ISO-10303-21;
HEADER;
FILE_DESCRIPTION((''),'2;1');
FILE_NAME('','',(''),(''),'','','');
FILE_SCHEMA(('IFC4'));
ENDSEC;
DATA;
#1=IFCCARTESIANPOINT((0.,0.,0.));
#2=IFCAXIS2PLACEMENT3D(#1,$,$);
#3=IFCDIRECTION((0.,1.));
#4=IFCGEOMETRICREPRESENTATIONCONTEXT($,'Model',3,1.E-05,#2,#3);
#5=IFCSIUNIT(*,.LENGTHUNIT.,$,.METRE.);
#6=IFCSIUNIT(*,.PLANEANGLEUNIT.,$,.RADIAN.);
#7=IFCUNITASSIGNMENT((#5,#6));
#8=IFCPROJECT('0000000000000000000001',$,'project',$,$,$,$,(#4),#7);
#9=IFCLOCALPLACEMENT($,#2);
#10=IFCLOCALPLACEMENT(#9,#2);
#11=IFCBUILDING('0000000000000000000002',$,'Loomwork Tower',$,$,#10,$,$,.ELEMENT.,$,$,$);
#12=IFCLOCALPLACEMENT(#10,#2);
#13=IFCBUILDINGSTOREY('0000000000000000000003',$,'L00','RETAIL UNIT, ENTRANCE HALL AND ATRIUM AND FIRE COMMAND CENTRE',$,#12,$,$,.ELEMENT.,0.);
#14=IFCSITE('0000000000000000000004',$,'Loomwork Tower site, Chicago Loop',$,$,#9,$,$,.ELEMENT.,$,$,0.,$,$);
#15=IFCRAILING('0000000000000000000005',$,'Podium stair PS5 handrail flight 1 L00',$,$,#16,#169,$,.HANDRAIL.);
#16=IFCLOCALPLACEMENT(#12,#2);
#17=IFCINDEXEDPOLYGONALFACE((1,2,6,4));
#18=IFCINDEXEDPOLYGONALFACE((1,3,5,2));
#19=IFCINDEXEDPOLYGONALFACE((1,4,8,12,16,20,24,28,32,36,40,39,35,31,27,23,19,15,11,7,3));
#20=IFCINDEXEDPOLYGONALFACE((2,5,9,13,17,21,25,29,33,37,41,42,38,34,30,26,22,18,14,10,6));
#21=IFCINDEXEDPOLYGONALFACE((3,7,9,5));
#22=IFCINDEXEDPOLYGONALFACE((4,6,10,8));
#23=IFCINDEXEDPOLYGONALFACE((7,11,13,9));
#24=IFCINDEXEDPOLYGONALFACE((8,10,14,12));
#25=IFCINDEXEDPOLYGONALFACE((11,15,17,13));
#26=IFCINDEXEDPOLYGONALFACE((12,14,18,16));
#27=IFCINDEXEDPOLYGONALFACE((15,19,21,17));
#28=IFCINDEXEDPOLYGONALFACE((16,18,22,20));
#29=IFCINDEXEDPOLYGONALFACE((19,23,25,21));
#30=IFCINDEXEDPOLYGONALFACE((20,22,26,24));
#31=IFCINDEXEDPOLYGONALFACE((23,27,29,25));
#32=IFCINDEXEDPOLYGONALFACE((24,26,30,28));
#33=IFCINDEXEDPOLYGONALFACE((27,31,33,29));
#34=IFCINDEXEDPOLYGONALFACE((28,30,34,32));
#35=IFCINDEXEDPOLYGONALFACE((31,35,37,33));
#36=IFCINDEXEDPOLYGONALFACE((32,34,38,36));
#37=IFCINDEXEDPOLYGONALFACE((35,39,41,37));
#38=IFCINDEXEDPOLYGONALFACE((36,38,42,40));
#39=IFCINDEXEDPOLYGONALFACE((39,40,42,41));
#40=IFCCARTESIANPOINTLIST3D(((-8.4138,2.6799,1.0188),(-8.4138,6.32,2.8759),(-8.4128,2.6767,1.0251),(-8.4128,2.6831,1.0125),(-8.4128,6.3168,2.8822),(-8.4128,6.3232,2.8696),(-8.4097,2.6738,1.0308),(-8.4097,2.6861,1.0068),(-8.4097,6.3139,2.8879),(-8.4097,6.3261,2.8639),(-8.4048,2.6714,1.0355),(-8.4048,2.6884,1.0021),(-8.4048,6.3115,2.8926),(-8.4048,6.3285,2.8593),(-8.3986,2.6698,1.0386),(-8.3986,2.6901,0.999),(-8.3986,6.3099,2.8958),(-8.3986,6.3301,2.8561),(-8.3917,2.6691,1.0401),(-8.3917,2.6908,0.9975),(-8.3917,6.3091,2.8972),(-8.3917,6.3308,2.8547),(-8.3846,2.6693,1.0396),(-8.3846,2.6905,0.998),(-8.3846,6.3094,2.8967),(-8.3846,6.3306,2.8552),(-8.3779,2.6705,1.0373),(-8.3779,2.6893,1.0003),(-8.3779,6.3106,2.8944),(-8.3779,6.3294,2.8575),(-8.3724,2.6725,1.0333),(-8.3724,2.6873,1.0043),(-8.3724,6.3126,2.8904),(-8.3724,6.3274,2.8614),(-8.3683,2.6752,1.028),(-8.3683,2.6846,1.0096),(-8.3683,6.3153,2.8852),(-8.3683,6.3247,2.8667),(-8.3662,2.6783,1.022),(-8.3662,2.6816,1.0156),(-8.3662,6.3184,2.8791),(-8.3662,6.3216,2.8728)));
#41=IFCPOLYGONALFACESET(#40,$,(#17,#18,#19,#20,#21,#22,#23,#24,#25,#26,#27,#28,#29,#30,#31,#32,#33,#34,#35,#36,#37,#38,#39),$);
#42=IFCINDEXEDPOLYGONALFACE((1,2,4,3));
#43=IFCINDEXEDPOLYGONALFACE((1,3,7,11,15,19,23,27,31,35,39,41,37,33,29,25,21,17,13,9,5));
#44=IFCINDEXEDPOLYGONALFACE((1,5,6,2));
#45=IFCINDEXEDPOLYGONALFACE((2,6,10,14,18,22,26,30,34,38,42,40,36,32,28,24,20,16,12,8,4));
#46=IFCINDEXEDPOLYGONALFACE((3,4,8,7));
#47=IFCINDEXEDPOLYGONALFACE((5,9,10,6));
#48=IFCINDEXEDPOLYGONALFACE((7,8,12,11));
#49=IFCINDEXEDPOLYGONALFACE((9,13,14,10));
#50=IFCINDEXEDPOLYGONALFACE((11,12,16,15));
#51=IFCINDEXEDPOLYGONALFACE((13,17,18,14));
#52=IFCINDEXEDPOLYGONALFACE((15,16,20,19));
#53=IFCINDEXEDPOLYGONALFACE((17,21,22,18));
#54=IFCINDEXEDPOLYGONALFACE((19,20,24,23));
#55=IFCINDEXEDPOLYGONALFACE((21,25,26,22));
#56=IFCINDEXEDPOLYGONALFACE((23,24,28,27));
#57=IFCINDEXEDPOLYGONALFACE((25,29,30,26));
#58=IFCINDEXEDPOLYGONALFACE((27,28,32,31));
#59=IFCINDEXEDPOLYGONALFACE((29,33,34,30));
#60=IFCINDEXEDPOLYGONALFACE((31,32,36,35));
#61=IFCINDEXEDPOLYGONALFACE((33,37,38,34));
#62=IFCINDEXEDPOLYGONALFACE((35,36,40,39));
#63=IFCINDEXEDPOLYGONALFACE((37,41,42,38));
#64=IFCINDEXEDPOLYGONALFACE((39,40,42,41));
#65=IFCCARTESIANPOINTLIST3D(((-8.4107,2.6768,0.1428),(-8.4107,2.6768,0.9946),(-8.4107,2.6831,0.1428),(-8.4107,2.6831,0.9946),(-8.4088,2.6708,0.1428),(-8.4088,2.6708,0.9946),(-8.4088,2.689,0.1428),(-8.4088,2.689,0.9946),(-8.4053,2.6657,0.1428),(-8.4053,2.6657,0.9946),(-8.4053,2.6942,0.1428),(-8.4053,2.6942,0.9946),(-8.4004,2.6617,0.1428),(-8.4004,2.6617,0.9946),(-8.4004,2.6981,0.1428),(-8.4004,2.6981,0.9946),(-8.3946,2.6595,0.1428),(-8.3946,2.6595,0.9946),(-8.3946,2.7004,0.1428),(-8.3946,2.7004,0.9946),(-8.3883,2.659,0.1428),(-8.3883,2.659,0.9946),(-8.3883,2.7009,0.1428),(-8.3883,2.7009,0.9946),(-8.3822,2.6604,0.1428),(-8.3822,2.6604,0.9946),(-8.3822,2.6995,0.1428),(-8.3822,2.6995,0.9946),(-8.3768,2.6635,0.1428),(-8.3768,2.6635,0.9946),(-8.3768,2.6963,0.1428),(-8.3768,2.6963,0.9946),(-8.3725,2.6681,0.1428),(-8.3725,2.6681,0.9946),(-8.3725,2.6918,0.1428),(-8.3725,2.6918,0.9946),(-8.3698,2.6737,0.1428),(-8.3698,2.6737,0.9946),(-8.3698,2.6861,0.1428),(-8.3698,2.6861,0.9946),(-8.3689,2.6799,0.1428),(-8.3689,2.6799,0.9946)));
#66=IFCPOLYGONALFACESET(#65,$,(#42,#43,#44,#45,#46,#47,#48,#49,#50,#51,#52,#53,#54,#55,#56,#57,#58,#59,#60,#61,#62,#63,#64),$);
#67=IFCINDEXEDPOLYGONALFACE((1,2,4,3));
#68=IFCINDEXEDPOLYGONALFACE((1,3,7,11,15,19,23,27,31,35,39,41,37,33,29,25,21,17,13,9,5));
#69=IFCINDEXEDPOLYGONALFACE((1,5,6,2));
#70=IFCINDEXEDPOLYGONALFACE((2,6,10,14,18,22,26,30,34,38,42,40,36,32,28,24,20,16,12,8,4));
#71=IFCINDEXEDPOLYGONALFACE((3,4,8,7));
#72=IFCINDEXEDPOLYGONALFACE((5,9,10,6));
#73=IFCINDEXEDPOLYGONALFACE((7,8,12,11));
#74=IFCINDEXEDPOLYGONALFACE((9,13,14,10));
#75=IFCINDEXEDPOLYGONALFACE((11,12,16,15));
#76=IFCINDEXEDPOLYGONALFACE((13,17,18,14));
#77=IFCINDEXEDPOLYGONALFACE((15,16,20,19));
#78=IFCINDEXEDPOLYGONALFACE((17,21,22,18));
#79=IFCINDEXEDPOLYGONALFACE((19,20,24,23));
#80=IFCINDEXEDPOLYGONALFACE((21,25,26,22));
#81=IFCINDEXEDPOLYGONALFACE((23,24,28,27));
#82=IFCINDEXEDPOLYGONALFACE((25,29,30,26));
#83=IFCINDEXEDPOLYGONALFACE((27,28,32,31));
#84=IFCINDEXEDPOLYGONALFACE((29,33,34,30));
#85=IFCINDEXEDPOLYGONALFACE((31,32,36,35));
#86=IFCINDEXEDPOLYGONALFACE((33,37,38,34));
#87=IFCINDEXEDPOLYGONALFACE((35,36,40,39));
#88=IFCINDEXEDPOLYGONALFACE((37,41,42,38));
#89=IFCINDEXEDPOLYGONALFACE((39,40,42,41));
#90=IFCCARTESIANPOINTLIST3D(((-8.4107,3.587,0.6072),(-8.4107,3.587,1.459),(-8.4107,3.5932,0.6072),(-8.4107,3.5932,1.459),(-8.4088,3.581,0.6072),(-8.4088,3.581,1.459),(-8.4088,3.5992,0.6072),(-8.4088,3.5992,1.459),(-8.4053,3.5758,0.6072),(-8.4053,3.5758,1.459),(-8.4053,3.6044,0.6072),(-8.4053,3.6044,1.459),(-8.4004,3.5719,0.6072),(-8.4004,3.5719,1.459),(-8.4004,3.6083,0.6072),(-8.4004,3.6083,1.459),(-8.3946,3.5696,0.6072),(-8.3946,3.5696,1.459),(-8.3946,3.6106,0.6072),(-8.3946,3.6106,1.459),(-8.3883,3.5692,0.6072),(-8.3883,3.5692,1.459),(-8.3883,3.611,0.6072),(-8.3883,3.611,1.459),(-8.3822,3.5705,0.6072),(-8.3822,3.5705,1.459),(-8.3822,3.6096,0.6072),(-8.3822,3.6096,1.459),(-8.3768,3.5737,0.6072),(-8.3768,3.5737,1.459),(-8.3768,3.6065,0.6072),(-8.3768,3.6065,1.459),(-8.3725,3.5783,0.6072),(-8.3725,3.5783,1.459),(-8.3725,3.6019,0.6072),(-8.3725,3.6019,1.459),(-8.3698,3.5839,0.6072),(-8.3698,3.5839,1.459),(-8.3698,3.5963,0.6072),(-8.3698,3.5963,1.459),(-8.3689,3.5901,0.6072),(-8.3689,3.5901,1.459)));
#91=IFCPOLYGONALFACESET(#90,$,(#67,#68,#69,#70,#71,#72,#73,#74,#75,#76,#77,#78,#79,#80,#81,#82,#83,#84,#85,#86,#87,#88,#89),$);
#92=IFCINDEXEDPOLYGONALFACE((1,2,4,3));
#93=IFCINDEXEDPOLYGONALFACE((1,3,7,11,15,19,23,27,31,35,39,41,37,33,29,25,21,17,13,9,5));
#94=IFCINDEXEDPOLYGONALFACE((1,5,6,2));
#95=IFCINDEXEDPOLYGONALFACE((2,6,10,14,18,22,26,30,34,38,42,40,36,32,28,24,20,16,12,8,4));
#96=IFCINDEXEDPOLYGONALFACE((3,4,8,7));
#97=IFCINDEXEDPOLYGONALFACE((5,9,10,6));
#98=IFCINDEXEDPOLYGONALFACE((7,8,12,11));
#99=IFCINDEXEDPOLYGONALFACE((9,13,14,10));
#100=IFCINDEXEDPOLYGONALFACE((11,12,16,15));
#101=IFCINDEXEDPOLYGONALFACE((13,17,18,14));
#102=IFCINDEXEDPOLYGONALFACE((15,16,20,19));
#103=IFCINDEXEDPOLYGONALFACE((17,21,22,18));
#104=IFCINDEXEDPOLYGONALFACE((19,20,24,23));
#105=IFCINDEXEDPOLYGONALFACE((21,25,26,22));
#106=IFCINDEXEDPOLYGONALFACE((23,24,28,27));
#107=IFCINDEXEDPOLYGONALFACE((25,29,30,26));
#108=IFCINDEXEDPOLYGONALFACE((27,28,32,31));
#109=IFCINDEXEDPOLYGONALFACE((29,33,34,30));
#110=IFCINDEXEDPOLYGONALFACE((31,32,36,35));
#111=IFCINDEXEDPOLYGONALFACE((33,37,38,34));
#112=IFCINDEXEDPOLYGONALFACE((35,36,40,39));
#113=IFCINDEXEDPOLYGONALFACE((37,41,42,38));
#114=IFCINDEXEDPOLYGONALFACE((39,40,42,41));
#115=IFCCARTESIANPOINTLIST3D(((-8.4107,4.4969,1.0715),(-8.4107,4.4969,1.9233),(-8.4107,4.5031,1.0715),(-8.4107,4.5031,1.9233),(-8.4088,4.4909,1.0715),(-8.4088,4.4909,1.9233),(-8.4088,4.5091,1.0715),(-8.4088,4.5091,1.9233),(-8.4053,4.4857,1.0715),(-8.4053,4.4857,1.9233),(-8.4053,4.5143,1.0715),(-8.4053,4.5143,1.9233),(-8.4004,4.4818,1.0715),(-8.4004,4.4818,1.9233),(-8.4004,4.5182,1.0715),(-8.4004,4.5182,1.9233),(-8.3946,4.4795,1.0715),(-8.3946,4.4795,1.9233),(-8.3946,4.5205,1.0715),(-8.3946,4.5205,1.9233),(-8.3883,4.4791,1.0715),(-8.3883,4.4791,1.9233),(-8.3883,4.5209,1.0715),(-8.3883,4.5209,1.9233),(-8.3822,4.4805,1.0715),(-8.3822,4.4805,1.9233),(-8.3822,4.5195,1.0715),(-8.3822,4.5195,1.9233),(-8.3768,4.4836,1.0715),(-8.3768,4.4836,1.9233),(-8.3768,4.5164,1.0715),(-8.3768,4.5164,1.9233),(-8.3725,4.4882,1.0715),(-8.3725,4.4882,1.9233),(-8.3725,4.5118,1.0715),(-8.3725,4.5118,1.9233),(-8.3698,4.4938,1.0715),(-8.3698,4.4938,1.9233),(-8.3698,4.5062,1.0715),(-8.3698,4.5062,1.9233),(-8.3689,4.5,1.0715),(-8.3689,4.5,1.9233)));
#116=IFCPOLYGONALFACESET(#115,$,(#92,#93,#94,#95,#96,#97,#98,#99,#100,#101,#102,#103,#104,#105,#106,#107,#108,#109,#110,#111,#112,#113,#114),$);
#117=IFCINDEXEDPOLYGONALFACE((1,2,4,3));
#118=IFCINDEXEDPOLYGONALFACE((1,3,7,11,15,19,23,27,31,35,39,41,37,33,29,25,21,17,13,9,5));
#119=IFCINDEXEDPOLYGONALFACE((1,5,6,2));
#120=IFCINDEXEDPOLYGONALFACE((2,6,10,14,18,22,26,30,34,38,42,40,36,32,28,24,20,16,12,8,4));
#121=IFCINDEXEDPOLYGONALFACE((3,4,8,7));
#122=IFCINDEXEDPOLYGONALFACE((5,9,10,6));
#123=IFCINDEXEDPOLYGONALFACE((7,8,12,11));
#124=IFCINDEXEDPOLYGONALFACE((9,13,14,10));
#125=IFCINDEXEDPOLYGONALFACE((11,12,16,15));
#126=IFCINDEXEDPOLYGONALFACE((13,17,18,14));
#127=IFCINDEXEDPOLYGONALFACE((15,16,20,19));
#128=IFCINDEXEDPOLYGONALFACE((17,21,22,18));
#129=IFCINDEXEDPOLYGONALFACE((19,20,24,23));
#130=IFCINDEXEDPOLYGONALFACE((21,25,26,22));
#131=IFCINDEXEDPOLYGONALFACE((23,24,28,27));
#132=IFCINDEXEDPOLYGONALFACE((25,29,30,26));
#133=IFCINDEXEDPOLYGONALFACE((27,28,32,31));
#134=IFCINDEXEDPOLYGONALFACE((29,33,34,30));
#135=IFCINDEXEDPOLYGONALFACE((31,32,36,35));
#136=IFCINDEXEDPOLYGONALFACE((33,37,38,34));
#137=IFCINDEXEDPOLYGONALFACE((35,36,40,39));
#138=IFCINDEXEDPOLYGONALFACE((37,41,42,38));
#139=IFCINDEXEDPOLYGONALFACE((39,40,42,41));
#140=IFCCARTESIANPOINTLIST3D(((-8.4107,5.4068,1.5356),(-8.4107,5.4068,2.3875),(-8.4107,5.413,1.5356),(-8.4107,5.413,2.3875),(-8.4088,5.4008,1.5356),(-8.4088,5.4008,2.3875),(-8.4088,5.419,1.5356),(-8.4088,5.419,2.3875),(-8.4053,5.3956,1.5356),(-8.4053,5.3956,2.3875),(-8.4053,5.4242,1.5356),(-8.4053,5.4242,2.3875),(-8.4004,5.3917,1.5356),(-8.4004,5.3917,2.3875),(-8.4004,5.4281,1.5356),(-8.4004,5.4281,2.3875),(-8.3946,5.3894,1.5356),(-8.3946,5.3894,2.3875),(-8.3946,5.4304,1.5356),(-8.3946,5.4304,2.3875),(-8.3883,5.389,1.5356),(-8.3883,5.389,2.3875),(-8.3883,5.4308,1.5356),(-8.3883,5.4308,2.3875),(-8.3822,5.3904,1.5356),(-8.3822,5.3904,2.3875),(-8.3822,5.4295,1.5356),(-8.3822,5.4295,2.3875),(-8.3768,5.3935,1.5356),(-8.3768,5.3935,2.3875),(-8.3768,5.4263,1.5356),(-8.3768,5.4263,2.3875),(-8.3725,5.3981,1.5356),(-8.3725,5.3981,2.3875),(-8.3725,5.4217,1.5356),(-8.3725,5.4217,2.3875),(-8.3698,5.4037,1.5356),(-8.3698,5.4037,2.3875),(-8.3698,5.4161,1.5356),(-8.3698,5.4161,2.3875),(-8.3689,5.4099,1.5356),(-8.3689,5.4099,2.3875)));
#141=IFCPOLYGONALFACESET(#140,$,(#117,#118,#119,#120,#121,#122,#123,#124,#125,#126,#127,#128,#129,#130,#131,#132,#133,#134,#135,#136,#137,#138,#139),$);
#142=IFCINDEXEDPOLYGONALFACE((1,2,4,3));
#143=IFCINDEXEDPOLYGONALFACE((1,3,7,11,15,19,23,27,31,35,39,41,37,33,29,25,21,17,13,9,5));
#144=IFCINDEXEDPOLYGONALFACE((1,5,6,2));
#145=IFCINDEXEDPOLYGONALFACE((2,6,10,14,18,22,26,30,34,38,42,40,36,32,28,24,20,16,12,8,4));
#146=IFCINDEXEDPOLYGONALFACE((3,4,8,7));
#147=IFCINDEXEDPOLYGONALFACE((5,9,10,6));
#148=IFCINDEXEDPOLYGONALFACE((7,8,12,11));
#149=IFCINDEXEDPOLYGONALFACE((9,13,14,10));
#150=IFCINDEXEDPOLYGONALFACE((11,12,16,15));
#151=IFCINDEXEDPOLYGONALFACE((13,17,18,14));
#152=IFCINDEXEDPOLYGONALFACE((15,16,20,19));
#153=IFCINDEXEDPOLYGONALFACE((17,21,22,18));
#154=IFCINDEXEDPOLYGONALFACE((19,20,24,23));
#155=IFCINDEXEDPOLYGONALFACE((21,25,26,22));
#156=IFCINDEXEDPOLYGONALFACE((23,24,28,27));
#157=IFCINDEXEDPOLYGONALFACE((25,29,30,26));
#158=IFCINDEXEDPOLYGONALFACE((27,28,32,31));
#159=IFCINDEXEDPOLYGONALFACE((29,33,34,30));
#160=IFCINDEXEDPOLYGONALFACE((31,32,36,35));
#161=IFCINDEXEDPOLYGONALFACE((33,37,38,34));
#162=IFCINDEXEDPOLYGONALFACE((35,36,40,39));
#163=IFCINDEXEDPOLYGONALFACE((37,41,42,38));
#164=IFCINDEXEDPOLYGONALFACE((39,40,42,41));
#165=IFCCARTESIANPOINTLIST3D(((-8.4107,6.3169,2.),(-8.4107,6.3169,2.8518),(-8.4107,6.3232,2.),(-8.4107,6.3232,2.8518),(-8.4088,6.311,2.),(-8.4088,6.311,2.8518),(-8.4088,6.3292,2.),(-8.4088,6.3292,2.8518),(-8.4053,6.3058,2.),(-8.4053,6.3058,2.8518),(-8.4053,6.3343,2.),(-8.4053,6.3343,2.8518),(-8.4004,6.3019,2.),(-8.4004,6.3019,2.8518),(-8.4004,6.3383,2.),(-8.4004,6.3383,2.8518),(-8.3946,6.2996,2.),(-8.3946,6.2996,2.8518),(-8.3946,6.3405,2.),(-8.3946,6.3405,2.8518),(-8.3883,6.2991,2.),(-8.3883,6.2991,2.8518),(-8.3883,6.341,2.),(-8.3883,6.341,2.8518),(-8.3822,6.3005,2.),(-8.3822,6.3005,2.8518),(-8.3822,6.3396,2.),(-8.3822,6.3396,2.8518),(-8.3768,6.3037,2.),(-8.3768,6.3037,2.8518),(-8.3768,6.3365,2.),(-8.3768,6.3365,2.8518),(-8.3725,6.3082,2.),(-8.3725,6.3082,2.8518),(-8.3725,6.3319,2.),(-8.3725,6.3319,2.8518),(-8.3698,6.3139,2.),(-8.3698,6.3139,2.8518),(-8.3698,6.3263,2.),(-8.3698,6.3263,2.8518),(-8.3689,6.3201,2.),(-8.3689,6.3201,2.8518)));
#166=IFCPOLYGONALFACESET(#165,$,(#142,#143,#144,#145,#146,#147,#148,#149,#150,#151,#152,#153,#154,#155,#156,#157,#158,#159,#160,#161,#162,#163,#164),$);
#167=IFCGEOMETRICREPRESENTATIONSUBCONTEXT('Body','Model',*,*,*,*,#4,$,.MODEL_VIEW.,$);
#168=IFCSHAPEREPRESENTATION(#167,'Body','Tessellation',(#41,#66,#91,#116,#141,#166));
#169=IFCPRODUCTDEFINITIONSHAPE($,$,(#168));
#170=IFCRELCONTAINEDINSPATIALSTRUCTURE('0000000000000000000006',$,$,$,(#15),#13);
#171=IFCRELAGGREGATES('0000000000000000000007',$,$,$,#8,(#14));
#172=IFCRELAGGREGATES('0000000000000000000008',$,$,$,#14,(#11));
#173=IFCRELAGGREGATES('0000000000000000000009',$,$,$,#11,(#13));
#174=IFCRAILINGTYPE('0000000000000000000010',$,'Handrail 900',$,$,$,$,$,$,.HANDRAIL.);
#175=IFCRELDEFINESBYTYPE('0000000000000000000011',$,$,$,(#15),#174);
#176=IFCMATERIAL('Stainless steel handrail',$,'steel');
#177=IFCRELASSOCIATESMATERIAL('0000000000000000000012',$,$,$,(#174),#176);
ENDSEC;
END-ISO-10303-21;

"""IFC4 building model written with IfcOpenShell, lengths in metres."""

from ifc_helpers import new_model, si_unit, direction, frame, origin, origin_2d, place, context, subcontext, project, spatial, circle, extrude, material, type_object, element, save


model = new_model("IFC4")

# Units and contexts
model_context = context("Model", 3, precision=1e-05, world=origin(), true_north=direction((0.0, 1.0)))
body_context = subcontext(model_context, "Body", "Model", "MODEL_VIEW")
ifc_project = project(units=[si_unit("LENGTHUNIT", "METRE"), si_unit("PLANEANGLEUNIT", "RADIAN")], contexts=[model_context])

# Site, building, storey
site_placement = place(None, origin())
site = spatial("IfcSite", under=ifc_project, at=site_placement, Name="Loomwork Tower site, Chicago Loop", CompositionType="ELEMENT", RefElevation=0.0)
building_placement = place(site_placement, origin())
building = spatial("IfcBuilding", under=site, at=building_placement, Name="Loomwork Tower", CompositionType="ELEMENT")
storey_placement = place(building_placement, origin())
storey = spatial("IfcBuildingStorey", under=building, at=storey_placement, Name="L00", Description="RETAIL UNIT, ENTRANCE HALL AND ATRIUM AND FIRE COMMAND CENTRE", CompositionType="ELEMENT", Elevation=0.0)

# Railing
ifc_material_1 = material(Name="Stainless steel handrail", Category="steel")
railing_type = type_object("IfcRailingType", Name="Handrail 900", PredefinedType="HANDRAIL", material=ifc_material_1)
railing_1_placement = place(storey_placement, frame((-8.3899, 2.6799, 0.1428)))
element("IfcRailing", 1, at=railing_1_placement, inside=storey, type_object=railing_type, Name="Podium stair PS5 handrail flight 1 L00", PredefinedType="HANDRAIL", context=body_context, shape_type="SweptSolid", body=[
    extrude(circle(Radius=0.0239, at=origin_2d()), frame((0.0, 0.0, 0.876), z_axis=(0.0, 0.890765, 0.454464), x_axis=(-1.0, 0.0, 0.0)), (0.0, 0.0, 1.0), 4.0864),
    extrude(circle(Radius=0.021, at=origin_2d()), origin(), (0.0, 0.0, 1.0), 0.8518),
    extrude(circle(Radius=0.021, at=origin_2d()), frame((0.0, 0.9102, 0.4644)), (0.0, 0.0, 1.0), 0.8518),
    extrude(circle(Radius=0.021, at=origin_2d()), frame((0.0, 1.8201, 0.9287)), (0.0, 0.0, 1.0), 0.8518),
    extrude(circle(Radius=0.021, at=origin_2d()), frame((0.0, 2.73, 1.3928)), (0.0, 0.0, 1.0), 0.8518),
    extrude(circle(Radius=0.021, at=origin_2d()), frame((0.0, 3.6401, 1.8572)), (0.0, 0.0, 1.0), 0.8518),
])

save(model, "model.ifc")
